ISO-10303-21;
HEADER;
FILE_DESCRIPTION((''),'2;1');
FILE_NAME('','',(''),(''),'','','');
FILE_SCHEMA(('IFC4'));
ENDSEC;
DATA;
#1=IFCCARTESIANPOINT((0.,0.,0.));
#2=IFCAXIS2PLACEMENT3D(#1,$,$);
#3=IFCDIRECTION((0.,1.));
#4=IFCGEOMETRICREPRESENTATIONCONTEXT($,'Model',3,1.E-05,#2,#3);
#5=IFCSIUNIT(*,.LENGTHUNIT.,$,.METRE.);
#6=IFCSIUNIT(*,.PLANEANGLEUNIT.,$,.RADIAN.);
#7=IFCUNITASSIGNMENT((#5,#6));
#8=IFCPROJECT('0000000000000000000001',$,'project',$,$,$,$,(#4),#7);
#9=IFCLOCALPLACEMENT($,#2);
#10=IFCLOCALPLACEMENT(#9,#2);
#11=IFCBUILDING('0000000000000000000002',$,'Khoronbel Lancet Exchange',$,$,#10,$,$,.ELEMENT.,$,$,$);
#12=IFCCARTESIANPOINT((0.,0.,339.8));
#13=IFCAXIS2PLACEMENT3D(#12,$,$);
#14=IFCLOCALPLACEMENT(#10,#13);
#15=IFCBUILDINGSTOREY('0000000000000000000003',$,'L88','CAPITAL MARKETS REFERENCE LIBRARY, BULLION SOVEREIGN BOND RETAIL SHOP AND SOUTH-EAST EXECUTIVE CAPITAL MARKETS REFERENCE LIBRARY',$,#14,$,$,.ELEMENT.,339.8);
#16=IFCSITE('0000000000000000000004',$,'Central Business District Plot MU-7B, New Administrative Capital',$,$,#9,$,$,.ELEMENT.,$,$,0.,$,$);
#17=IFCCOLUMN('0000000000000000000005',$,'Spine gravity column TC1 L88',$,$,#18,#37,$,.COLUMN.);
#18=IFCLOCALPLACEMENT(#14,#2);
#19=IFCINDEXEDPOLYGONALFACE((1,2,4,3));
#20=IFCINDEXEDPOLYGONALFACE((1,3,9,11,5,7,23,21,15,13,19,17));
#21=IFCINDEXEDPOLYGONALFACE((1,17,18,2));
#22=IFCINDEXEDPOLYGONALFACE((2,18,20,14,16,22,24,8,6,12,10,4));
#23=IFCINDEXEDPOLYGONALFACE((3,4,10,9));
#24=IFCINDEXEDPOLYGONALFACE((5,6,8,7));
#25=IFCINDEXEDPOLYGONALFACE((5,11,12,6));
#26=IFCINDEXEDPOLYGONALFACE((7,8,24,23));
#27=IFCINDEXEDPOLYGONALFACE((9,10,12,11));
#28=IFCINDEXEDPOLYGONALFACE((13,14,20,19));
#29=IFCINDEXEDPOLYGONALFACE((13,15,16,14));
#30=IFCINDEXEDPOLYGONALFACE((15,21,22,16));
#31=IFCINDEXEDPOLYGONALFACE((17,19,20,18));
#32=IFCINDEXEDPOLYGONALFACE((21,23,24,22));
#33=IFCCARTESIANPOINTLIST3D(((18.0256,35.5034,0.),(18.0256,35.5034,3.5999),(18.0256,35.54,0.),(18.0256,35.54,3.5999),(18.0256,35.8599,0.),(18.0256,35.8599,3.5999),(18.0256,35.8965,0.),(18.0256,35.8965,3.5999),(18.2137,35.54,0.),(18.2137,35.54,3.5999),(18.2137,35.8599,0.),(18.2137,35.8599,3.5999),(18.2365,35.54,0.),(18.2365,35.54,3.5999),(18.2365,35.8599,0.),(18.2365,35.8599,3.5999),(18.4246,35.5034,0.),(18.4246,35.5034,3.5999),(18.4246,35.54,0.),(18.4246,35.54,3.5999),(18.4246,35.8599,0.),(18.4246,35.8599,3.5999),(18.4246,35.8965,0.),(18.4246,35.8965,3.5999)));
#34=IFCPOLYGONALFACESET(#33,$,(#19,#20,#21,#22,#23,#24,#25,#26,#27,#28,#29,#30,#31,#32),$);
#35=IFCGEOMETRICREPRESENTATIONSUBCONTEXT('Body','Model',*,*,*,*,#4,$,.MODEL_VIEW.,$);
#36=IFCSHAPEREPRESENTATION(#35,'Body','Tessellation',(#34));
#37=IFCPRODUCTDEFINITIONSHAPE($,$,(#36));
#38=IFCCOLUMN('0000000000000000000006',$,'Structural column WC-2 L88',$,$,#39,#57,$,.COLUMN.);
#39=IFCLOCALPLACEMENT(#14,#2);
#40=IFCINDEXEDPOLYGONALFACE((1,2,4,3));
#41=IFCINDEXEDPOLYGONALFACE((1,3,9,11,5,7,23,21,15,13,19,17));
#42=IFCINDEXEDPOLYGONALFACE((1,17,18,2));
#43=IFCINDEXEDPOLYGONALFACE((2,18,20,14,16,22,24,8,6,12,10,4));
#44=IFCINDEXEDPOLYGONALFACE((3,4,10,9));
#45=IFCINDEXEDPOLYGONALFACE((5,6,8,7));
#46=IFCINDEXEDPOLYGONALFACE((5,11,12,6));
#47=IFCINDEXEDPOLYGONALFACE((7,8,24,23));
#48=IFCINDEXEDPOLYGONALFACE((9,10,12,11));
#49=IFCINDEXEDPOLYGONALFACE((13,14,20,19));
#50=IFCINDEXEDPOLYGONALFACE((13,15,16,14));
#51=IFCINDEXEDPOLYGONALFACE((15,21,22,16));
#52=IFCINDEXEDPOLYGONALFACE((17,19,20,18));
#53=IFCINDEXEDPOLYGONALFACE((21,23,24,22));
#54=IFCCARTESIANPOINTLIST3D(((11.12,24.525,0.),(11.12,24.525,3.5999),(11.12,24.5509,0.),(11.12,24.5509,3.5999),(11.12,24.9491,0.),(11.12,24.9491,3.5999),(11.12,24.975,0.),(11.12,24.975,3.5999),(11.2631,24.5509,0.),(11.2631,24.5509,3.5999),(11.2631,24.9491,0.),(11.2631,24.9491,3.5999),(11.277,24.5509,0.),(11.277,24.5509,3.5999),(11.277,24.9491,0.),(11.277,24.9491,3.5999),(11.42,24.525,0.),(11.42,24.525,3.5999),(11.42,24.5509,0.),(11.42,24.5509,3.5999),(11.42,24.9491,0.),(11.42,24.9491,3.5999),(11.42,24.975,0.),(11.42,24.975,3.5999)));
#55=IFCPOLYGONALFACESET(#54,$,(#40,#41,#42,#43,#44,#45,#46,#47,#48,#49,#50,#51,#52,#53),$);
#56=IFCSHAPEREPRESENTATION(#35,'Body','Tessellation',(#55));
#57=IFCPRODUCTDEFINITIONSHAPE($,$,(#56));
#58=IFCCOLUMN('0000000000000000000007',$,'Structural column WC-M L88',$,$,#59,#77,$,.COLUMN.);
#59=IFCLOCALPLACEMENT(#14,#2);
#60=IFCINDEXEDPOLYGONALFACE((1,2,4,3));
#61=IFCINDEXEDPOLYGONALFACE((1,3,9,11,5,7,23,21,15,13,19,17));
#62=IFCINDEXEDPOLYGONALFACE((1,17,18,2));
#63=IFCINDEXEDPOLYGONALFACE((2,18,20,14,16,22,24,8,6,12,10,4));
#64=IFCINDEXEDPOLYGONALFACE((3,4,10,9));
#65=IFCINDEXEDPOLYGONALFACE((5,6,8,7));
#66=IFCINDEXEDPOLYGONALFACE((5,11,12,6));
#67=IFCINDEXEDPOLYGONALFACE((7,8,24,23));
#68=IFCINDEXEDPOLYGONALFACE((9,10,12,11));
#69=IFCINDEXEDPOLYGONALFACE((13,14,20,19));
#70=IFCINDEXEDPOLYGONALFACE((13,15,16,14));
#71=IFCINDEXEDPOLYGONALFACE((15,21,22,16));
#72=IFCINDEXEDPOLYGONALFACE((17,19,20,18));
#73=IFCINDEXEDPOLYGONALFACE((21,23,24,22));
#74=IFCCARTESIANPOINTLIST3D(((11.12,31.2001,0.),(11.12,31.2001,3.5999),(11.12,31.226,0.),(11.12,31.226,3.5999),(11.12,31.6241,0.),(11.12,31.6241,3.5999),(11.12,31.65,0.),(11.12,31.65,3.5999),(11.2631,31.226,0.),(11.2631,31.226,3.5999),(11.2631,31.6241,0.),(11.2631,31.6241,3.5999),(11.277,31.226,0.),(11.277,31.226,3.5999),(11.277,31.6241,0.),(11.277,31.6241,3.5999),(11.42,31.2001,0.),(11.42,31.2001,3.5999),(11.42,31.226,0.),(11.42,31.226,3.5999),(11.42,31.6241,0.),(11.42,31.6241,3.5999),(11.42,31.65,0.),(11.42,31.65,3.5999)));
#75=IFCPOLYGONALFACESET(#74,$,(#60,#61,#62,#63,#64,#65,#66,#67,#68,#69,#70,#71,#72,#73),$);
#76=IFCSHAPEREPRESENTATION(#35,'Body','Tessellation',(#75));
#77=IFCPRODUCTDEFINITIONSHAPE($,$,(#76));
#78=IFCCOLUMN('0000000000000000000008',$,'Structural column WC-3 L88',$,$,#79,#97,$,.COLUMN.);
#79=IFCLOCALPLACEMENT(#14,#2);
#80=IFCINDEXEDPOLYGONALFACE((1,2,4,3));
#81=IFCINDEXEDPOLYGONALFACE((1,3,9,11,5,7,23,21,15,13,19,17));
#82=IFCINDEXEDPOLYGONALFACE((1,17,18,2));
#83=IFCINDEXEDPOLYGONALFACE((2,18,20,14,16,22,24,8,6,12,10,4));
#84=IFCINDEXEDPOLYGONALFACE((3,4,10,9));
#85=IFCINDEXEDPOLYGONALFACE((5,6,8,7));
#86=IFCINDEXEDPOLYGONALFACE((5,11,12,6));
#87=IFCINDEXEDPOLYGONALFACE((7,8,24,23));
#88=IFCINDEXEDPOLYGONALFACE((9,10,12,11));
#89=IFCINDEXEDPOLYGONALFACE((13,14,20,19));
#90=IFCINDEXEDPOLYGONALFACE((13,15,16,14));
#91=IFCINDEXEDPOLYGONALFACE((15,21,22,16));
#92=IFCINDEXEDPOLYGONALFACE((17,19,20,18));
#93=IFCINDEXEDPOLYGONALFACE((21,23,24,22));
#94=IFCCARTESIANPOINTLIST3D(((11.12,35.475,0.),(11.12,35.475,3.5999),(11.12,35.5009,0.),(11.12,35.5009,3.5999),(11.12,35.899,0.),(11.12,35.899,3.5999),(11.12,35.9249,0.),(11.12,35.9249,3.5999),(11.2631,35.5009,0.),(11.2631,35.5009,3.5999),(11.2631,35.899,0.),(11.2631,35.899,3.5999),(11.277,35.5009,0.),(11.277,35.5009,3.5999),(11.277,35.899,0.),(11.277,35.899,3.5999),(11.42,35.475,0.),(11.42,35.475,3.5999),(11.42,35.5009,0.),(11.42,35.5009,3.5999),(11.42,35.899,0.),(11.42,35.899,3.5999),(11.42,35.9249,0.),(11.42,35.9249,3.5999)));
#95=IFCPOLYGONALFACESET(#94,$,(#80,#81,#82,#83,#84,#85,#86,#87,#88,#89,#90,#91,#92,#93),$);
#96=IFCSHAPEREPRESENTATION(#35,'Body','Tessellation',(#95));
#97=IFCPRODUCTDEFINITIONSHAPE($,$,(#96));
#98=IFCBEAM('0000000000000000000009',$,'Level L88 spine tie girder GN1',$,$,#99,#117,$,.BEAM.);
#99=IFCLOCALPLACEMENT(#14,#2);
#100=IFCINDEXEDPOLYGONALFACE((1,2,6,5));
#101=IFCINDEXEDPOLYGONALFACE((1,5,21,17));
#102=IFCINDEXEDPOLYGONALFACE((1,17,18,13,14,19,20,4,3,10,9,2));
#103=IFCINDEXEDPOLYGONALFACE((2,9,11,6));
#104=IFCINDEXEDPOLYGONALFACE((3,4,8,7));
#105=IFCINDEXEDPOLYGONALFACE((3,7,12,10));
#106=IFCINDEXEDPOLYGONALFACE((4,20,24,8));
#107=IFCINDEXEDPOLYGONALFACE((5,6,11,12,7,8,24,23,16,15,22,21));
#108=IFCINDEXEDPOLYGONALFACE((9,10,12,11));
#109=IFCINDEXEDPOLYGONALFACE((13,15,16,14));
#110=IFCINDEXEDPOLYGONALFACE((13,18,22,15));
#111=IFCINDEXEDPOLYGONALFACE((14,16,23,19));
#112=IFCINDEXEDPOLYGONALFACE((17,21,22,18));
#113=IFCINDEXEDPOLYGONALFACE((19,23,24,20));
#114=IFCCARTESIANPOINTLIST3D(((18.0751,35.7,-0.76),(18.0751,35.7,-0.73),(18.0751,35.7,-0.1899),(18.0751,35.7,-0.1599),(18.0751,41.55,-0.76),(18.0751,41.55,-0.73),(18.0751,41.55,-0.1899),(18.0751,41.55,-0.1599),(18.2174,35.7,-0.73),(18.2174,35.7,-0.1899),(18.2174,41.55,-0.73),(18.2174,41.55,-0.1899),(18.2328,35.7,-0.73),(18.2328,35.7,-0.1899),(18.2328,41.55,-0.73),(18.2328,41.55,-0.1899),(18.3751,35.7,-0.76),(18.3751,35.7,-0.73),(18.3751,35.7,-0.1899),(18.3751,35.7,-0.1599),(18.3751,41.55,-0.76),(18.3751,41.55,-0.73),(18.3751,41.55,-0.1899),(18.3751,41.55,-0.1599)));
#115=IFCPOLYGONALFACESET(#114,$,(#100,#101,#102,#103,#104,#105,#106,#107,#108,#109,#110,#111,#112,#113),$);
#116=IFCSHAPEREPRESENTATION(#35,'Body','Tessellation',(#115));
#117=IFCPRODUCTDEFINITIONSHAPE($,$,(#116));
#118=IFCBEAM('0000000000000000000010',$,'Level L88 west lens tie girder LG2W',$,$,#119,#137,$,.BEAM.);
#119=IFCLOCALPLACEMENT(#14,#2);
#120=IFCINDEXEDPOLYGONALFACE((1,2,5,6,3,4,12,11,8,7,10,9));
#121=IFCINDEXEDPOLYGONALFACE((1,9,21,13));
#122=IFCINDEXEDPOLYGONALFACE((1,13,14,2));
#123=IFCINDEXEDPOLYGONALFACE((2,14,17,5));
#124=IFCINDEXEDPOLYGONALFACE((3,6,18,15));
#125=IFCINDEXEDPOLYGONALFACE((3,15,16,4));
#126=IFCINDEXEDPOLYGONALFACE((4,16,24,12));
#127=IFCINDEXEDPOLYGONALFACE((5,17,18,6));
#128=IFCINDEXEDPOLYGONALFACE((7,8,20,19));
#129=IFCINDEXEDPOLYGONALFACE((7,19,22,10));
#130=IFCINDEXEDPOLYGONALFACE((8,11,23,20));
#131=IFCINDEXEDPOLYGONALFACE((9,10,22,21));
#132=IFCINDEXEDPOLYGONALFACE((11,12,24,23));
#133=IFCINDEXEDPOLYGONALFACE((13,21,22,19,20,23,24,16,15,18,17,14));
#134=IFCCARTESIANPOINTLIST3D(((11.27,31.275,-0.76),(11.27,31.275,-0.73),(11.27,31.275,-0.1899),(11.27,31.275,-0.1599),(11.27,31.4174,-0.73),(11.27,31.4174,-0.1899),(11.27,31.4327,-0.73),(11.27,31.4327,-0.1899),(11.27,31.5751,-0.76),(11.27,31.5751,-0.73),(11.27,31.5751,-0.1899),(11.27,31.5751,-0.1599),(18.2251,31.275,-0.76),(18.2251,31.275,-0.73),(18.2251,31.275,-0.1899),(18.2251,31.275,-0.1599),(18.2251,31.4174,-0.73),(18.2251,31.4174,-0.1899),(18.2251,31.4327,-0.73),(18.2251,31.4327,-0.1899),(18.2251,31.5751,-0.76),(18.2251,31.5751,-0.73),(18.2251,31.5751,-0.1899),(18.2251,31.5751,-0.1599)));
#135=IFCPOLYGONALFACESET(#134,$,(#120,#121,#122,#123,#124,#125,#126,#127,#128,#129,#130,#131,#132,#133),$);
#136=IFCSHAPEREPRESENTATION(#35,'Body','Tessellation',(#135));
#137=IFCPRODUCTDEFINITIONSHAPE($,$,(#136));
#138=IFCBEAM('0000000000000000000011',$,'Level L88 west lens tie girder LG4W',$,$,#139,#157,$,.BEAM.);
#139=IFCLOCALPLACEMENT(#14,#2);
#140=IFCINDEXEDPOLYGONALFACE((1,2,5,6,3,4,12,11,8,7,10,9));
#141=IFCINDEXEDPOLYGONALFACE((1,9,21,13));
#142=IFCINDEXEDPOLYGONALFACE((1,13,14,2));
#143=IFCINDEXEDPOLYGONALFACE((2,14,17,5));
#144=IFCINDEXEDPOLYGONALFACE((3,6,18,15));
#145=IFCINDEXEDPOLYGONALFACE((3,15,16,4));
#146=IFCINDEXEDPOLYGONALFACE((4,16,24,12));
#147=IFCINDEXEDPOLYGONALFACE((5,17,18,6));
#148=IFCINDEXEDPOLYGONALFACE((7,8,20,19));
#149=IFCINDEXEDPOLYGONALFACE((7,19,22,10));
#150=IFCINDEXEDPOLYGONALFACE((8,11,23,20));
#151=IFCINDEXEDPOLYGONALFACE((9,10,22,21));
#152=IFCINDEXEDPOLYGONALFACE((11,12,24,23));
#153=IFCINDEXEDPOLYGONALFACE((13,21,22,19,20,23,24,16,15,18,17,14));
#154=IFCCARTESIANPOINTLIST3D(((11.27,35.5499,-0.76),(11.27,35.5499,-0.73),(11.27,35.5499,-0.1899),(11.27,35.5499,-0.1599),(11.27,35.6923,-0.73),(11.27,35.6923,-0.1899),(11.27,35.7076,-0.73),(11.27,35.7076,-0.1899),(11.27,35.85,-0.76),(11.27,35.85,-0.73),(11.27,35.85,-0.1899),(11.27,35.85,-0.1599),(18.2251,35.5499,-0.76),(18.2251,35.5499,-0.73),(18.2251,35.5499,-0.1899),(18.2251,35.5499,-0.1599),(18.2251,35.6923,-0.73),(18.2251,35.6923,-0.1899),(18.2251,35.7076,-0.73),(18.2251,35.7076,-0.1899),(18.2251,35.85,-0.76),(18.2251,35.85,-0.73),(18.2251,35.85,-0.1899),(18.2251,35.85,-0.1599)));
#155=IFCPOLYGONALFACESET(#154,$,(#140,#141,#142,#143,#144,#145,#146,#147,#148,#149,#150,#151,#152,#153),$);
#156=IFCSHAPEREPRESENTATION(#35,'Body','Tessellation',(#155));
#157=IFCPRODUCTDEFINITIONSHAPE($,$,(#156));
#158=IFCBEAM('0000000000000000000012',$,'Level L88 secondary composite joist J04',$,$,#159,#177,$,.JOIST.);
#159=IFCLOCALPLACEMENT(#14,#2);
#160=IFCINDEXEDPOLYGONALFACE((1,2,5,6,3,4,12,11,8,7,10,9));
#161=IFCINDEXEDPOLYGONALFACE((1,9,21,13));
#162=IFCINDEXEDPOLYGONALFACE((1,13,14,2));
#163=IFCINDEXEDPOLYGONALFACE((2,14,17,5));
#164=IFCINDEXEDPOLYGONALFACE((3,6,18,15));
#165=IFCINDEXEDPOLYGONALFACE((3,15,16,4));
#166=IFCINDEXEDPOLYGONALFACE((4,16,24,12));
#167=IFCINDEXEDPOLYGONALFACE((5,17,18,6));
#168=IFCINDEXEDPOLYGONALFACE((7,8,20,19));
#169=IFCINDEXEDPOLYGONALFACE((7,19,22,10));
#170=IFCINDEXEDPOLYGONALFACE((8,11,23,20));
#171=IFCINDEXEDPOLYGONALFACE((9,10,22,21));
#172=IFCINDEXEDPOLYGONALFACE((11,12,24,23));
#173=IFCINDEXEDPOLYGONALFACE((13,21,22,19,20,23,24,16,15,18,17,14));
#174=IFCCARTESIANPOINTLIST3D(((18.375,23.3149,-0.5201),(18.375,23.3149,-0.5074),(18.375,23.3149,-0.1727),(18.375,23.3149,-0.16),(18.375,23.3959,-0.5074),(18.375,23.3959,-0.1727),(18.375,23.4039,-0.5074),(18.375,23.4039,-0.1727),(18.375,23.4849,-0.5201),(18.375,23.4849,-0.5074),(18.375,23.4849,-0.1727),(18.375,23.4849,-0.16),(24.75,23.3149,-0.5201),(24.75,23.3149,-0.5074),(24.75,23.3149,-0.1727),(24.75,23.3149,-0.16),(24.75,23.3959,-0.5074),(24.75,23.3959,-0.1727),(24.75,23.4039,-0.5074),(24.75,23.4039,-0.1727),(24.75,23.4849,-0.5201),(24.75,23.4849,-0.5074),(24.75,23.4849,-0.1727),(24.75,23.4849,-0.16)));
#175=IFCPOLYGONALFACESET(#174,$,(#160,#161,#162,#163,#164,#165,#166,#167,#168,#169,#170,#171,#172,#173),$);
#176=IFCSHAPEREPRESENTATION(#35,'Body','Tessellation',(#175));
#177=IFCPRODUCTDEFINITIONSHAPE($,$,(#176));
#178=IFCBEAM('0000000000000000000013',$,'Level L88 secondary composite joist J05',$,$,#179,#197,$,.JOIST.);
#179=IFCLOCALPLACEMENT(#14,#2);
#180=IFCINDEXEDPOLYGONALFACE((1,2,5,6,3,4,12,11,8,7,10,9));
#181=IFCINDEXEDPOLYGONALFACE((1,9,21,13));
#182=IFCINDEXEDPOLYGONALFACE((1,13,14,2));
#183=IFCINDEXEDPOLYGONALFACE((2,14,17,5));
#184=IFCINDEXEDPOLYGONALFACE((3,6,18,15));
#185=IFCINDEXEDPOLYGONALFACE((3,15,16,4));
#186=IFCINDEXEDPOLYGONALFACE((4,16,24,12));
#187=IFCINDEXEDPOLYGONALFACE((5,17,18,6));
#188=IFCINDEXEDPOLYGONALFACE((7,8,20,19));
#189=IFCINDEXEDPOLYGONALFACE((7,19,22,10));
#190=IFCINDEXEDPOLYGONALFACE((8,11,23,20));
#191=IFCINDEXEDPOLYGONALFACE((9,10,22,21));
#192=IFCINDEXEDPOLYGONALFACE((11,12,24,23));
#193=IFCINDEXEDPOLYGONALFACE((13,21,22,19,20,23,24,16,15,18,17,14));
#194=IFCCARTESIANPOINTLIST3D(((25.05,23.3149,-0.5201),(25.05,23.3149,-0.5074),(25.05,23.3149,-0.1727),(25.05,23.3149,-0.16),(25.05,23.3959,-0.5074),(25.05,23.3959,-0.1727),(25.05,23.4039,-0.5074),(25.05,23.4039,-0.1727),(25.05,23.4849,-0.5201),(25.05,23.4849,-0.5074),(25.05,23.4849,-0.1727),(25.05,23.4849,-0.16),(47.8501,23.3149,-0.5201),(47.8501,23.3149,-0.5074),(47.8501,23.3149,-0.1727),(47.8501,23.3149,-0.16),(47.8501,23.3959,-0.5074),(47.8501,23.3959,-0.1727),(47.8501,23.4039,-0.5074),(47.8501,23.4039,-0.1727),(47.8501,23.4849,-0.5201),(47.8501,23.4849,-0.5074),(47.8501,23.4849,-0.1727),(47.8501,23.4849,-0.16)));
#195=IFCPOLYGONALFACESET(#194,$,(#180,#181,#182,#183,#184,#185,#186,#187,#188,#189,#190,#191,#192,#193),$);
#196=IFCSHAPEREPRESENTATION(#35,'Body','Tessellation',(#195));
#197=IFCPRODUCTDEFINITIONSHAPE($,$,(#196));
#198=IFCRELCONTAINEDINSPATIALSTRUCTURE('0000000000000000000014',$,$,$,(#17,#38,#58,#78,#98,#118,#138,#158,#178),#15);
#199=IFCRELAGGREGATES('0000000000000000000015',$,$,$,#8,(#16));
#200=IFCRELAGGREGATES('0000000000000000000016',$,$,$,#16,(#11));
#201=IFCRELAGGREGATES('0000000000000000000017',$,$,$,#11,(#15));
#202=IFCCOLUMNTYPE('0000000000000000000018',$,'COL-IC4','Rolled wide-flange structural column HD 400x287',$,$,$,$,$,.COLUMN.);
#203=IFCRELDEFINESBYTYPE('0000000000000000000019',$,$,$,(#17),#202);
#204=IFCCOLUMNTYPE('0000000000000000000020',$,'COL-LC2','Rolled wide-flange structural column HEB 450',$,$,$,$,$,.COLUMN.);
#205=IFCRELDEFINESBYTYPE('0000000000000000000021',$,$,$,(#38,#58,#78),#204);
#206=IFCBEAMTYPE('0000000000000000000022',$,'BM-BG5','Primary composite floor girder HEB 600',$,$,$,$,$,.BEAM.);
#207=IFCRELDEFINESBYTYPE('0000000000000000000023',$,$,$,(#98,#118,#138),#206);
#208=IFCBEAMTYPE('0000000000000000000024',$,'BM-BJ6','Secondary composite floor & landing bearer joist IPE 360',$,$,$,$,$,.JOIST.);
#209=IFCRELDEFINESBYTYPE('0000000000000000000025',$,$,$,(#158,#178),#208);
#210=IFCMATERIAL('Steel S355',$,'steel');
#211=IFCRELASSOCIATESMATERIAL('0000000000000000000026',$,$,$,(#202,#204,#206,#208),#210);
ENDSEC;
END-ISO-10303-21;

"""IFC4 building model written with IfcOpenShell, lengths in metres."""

from ifc_helpers import new_model, si_unit, direction, frame, origin, origin_2d, place, context, subcontext, project, spatial, i_section, extrude, material, material_profile, profile_set, type_object, element, save


model = new_model("IFC4")

# Units and contexts
model_context = context("Model", 3, precision=1e-05, world=origin(), true_north=direction((0.0, 1.0)))
body_context = subcontext(model_context, "Body", "Model", "MODEL_VIEW")
ifc_project = project(units=[si_unit("LENGTHUNIT", "METRE"), si_unit("PLANEANGLEUNIT", "RADIAN")], contexts=[model_context])

# Site, building, storey
site_placement = place(None, origin())
site = spatial("IfcSite", under=ifc_project, at=site_placement, Name="Central Business District Plot MU-7B, New Administrative Capital", CompositionType="ELEMENT", RefElevation=0.0)
building_placement = place(site_placement, origin())
building = spatial("IfcBuilding", under=site, at=building_placement, Name="Khoronbel Lancet Exchange", CompositionType="ELEMENT")
storey_placement = place(building_placement, frame((0.0, 0.0, 339.8)))
storey = spatial("IfcBuildingStorey", under=building, at=storey_placement, Name="L88", Description="CAPITAL MARKETS REFERENCE LIBRARY, BULLION SOVEREIGN BOND RETAIL SHOP AND SOUTH-EAST EXECUTIVE CAPITAL MARKETS REFERENCE LIBRARY", CompositionType="ELEMENT", Elevation=339.8)

# Columns
ifc_material_1 = material(Name="Steel S355", Category="steel")
ifc_material_profile_1 = material_profile(ifc_material_1, i_section(OverallWidth=0.3989, OverallDepth=0.3931, WebThickness=0.0227, FlangeThickness=0.0366, at=origin_2d()), Name="HD 400x287")
ifc_profile_set_1 = profile_set([ifc_material_profile_1], Name="Steel S355")
column_type_1 = type_object("IfcColumnType", Name="COL-IC4", Description="Rolled wide-flange structural column HD 400x287", PredefinedType="COLUMN", material=ifc_profile_set_1)
column_placement = place(storey_placement, frame((18.2251, 35.7, 0.0), z_axis=(0.0, 0.0, 1.0), x_axis=(1.0, 0.0, 0.0)))
element("IfcColumn", 1, at=column_placement, inside=storey, type_object=column_type_1, Name="Spine gravity column TC1 L88", PredefinedType="COLUMN", context=body_context, shape_type="SweptSolid", body=[
    extrude(i_section(OverallWidth=0.3989, OverallDepth=0.3931, WebThickness=0.0227, FlangeThickness=0.0366, at=origin_2d()), origin(), (0.0, 0.0, 1.0), 3.5999),
])
ifc_material_profile_2 = material_profile(ifc_material_1, i_section(OverallWidth=0.3, OverallDepth=0.45, WebThickness=0.0139, FlangeThickness=0.0259, at=origin_2d()), Name="HEB 450")
ifc_profile_set_2 = profile_set([ifc_material_profile_2], Name="Steel S355")
column_type_2 = type_object("IfcColumnType", Name="COL-LC2", Description="Rolled wide-flange structural column HEB 450", PredefinedType="COLUMN", material=ifc_profile_set_2)
for number, where, z_axis, x_axis, name in (
    (2, (11.27, 24.75, 0.0), (0.0, 0.0, 1.0), (1.0, 0.0, 0.0), "Structural column WC-2 L88"),
    (3, (11.27, 31.425, 0.0), (0.0, 0.0, 1.0), (1.0, 0.0, 0.0), "Structural column WC-M L88"),
    (4, (11.27, 35.7, 0.0), (0.0, 0.0, 1.0), (1.0, 0.0, 0.0), "Structural column WC-3 L88"),
):
    element("IfcColumn", number, at=place(storey_placement, frame(where, z_axis=z_axis, x_axis=x_axis)), inside=storey, type_object=column_type_2, Name=name, PredefinedType="COLUMN", context=body_context, shape_type="SweptSolid", body=[
        extrude(i_section(OverallWidth=0.3, OverallDepth=0.45, WebThickness=0.0139, FlangeThickness=0.0259, at=origin_2d()), origin(), (0.0, 0.0, 1.0), 3.5999),
    ])

# Beams
ifc_material_profile_3 = material_profile(ifc_material_1, i_section(OverallWidth=0.3, OverallDepth=0.6001, WebThickness=0.0154, FlangeThickness=0.03, at=origin_2d()), Name="HEB 600")
ifc_profile_set_3 = profile_set([ifc_material_profile_3], Name="Steel S355")
beam_type_1 = type_object("IfcBeamType", Name="BM-BG5", Description="Primary composite floor girder HEB 600", PredefinedType="BEAM", material=ifc_profile_set_3)
beam_1_placement = place(storey_placement, frame((18.2251, 35.7, -0.46), z_axis=(0.0, 1.0, 0.0), x_axis=(-1.0, 0.0, 0.0)))
element("IfcBeam", 5, at=beam_1_placement, inside=storey, type_object=beam_type_1, Name="Level L88 spine tie girder GN1", PredefinedType="BEAM", context=body_context, shape_type="SweptSolid", body=[
    extrude(i_section(OverallWidth=0.3, OverallDepth=0.6001, WebThickness=0.0154, FlangeThickness=0.03, at=origin_2d()), origin(), (0.0, 0.0, 1.0), 5.8501),
])
for number, where, z_axis, x_axis, name in (
    (6, (11.27, 31.425, -0.46), (1.0, 0.0, 0.0), (0.0, 1.0, 0.0), "Level L88 west lens tie girder LG2W"),
    (7, (11.27, 35.7, -0.46), (1.0, 0.0, 0.0), (0.0, 1.0, 0.0), "Level L88 west lens tie girder LG4W"),
):
    element("IfcBeam", number, at=place(storey_placement, frame(where, z_axis=z_axis, x_axis=x_axis)), inside=storey, type_object=beam_type_1, Name=name, PredefinedType="BEAM", context=body_context, shape_type="SweptSolid", body=[
        extrude(i_section(OverallWidth=0.3, OverallDepth=0.6001, WebThickness=0.0154, FlangeThickness=0.03, at=origin_2d()), origin(), (0.0, 0.0, 1.0), 6.9551),
    ])
ifc_material_profile_4 = material_profile(ifc_material_1, i_section(OverallWidth=0.1699, OverallDepth=0.3601, WebThickness=0.0081, FlangeThickness=0.0127, at=origin_2d()), Name="IPE 360")
ifc_profile_set_4 = profile_set([ifc_material_profile_4], Name="Steel S355")
beam_type_2 = type_object("IfcBeamType", Name="BM-BJ6", Description="Secondary composite floor & landing bearer joist IPE 360", PredefinedType="JOIST", material=ifc_profile_set_4)
beam_2_placement = place(storey_placement, frame((18.375, 23.3999, -0.3401), z_axis=(1.0, 0.0, 0.0), x_axis=(0.0, 1.0, 0.0)))
element("IfcBeam", 8, at=beam_2_placement, inside=storey, type_object=beam_type_2, Name="Level L88 secondary composite joist J04", PredefinedType="JOIST", context=body_context, shape_type="SweptSolid", body=[
    extrude(i_section(OverallWidth=0.1699, OverallDepth=0.3601, WebThickness=0.0081, FlangeThickness=0.0127, at=origin_2d()), origin(), (0.0, 0.0, 1.0), 6.375),
])
beam_3_placement = place(storey_placement, frame((25.05, 23.3999, -0.3401), z_axis=(1.0, 0.0, 0.0), x_axis=(0.0, 1.0, 0.0)))
element("IfcBeam", 9, at=beam_3_placement, inside=storey, type_object=beam_type_2, Name="Level L88 secondary composite joist J05", PredefinedType="JOIST", context=body_context, shape_type="SweptSolid", body=[
    extrude(i_section(OverallWidth=0.1699, OverallDepth=0.3601, WebThickness=0.0081, FlangeThickness=0.0127, at=origin_2d()), origin(), (0.0, 0.0, 1.0), 22.8),
])

save(model, "model.ifc")
